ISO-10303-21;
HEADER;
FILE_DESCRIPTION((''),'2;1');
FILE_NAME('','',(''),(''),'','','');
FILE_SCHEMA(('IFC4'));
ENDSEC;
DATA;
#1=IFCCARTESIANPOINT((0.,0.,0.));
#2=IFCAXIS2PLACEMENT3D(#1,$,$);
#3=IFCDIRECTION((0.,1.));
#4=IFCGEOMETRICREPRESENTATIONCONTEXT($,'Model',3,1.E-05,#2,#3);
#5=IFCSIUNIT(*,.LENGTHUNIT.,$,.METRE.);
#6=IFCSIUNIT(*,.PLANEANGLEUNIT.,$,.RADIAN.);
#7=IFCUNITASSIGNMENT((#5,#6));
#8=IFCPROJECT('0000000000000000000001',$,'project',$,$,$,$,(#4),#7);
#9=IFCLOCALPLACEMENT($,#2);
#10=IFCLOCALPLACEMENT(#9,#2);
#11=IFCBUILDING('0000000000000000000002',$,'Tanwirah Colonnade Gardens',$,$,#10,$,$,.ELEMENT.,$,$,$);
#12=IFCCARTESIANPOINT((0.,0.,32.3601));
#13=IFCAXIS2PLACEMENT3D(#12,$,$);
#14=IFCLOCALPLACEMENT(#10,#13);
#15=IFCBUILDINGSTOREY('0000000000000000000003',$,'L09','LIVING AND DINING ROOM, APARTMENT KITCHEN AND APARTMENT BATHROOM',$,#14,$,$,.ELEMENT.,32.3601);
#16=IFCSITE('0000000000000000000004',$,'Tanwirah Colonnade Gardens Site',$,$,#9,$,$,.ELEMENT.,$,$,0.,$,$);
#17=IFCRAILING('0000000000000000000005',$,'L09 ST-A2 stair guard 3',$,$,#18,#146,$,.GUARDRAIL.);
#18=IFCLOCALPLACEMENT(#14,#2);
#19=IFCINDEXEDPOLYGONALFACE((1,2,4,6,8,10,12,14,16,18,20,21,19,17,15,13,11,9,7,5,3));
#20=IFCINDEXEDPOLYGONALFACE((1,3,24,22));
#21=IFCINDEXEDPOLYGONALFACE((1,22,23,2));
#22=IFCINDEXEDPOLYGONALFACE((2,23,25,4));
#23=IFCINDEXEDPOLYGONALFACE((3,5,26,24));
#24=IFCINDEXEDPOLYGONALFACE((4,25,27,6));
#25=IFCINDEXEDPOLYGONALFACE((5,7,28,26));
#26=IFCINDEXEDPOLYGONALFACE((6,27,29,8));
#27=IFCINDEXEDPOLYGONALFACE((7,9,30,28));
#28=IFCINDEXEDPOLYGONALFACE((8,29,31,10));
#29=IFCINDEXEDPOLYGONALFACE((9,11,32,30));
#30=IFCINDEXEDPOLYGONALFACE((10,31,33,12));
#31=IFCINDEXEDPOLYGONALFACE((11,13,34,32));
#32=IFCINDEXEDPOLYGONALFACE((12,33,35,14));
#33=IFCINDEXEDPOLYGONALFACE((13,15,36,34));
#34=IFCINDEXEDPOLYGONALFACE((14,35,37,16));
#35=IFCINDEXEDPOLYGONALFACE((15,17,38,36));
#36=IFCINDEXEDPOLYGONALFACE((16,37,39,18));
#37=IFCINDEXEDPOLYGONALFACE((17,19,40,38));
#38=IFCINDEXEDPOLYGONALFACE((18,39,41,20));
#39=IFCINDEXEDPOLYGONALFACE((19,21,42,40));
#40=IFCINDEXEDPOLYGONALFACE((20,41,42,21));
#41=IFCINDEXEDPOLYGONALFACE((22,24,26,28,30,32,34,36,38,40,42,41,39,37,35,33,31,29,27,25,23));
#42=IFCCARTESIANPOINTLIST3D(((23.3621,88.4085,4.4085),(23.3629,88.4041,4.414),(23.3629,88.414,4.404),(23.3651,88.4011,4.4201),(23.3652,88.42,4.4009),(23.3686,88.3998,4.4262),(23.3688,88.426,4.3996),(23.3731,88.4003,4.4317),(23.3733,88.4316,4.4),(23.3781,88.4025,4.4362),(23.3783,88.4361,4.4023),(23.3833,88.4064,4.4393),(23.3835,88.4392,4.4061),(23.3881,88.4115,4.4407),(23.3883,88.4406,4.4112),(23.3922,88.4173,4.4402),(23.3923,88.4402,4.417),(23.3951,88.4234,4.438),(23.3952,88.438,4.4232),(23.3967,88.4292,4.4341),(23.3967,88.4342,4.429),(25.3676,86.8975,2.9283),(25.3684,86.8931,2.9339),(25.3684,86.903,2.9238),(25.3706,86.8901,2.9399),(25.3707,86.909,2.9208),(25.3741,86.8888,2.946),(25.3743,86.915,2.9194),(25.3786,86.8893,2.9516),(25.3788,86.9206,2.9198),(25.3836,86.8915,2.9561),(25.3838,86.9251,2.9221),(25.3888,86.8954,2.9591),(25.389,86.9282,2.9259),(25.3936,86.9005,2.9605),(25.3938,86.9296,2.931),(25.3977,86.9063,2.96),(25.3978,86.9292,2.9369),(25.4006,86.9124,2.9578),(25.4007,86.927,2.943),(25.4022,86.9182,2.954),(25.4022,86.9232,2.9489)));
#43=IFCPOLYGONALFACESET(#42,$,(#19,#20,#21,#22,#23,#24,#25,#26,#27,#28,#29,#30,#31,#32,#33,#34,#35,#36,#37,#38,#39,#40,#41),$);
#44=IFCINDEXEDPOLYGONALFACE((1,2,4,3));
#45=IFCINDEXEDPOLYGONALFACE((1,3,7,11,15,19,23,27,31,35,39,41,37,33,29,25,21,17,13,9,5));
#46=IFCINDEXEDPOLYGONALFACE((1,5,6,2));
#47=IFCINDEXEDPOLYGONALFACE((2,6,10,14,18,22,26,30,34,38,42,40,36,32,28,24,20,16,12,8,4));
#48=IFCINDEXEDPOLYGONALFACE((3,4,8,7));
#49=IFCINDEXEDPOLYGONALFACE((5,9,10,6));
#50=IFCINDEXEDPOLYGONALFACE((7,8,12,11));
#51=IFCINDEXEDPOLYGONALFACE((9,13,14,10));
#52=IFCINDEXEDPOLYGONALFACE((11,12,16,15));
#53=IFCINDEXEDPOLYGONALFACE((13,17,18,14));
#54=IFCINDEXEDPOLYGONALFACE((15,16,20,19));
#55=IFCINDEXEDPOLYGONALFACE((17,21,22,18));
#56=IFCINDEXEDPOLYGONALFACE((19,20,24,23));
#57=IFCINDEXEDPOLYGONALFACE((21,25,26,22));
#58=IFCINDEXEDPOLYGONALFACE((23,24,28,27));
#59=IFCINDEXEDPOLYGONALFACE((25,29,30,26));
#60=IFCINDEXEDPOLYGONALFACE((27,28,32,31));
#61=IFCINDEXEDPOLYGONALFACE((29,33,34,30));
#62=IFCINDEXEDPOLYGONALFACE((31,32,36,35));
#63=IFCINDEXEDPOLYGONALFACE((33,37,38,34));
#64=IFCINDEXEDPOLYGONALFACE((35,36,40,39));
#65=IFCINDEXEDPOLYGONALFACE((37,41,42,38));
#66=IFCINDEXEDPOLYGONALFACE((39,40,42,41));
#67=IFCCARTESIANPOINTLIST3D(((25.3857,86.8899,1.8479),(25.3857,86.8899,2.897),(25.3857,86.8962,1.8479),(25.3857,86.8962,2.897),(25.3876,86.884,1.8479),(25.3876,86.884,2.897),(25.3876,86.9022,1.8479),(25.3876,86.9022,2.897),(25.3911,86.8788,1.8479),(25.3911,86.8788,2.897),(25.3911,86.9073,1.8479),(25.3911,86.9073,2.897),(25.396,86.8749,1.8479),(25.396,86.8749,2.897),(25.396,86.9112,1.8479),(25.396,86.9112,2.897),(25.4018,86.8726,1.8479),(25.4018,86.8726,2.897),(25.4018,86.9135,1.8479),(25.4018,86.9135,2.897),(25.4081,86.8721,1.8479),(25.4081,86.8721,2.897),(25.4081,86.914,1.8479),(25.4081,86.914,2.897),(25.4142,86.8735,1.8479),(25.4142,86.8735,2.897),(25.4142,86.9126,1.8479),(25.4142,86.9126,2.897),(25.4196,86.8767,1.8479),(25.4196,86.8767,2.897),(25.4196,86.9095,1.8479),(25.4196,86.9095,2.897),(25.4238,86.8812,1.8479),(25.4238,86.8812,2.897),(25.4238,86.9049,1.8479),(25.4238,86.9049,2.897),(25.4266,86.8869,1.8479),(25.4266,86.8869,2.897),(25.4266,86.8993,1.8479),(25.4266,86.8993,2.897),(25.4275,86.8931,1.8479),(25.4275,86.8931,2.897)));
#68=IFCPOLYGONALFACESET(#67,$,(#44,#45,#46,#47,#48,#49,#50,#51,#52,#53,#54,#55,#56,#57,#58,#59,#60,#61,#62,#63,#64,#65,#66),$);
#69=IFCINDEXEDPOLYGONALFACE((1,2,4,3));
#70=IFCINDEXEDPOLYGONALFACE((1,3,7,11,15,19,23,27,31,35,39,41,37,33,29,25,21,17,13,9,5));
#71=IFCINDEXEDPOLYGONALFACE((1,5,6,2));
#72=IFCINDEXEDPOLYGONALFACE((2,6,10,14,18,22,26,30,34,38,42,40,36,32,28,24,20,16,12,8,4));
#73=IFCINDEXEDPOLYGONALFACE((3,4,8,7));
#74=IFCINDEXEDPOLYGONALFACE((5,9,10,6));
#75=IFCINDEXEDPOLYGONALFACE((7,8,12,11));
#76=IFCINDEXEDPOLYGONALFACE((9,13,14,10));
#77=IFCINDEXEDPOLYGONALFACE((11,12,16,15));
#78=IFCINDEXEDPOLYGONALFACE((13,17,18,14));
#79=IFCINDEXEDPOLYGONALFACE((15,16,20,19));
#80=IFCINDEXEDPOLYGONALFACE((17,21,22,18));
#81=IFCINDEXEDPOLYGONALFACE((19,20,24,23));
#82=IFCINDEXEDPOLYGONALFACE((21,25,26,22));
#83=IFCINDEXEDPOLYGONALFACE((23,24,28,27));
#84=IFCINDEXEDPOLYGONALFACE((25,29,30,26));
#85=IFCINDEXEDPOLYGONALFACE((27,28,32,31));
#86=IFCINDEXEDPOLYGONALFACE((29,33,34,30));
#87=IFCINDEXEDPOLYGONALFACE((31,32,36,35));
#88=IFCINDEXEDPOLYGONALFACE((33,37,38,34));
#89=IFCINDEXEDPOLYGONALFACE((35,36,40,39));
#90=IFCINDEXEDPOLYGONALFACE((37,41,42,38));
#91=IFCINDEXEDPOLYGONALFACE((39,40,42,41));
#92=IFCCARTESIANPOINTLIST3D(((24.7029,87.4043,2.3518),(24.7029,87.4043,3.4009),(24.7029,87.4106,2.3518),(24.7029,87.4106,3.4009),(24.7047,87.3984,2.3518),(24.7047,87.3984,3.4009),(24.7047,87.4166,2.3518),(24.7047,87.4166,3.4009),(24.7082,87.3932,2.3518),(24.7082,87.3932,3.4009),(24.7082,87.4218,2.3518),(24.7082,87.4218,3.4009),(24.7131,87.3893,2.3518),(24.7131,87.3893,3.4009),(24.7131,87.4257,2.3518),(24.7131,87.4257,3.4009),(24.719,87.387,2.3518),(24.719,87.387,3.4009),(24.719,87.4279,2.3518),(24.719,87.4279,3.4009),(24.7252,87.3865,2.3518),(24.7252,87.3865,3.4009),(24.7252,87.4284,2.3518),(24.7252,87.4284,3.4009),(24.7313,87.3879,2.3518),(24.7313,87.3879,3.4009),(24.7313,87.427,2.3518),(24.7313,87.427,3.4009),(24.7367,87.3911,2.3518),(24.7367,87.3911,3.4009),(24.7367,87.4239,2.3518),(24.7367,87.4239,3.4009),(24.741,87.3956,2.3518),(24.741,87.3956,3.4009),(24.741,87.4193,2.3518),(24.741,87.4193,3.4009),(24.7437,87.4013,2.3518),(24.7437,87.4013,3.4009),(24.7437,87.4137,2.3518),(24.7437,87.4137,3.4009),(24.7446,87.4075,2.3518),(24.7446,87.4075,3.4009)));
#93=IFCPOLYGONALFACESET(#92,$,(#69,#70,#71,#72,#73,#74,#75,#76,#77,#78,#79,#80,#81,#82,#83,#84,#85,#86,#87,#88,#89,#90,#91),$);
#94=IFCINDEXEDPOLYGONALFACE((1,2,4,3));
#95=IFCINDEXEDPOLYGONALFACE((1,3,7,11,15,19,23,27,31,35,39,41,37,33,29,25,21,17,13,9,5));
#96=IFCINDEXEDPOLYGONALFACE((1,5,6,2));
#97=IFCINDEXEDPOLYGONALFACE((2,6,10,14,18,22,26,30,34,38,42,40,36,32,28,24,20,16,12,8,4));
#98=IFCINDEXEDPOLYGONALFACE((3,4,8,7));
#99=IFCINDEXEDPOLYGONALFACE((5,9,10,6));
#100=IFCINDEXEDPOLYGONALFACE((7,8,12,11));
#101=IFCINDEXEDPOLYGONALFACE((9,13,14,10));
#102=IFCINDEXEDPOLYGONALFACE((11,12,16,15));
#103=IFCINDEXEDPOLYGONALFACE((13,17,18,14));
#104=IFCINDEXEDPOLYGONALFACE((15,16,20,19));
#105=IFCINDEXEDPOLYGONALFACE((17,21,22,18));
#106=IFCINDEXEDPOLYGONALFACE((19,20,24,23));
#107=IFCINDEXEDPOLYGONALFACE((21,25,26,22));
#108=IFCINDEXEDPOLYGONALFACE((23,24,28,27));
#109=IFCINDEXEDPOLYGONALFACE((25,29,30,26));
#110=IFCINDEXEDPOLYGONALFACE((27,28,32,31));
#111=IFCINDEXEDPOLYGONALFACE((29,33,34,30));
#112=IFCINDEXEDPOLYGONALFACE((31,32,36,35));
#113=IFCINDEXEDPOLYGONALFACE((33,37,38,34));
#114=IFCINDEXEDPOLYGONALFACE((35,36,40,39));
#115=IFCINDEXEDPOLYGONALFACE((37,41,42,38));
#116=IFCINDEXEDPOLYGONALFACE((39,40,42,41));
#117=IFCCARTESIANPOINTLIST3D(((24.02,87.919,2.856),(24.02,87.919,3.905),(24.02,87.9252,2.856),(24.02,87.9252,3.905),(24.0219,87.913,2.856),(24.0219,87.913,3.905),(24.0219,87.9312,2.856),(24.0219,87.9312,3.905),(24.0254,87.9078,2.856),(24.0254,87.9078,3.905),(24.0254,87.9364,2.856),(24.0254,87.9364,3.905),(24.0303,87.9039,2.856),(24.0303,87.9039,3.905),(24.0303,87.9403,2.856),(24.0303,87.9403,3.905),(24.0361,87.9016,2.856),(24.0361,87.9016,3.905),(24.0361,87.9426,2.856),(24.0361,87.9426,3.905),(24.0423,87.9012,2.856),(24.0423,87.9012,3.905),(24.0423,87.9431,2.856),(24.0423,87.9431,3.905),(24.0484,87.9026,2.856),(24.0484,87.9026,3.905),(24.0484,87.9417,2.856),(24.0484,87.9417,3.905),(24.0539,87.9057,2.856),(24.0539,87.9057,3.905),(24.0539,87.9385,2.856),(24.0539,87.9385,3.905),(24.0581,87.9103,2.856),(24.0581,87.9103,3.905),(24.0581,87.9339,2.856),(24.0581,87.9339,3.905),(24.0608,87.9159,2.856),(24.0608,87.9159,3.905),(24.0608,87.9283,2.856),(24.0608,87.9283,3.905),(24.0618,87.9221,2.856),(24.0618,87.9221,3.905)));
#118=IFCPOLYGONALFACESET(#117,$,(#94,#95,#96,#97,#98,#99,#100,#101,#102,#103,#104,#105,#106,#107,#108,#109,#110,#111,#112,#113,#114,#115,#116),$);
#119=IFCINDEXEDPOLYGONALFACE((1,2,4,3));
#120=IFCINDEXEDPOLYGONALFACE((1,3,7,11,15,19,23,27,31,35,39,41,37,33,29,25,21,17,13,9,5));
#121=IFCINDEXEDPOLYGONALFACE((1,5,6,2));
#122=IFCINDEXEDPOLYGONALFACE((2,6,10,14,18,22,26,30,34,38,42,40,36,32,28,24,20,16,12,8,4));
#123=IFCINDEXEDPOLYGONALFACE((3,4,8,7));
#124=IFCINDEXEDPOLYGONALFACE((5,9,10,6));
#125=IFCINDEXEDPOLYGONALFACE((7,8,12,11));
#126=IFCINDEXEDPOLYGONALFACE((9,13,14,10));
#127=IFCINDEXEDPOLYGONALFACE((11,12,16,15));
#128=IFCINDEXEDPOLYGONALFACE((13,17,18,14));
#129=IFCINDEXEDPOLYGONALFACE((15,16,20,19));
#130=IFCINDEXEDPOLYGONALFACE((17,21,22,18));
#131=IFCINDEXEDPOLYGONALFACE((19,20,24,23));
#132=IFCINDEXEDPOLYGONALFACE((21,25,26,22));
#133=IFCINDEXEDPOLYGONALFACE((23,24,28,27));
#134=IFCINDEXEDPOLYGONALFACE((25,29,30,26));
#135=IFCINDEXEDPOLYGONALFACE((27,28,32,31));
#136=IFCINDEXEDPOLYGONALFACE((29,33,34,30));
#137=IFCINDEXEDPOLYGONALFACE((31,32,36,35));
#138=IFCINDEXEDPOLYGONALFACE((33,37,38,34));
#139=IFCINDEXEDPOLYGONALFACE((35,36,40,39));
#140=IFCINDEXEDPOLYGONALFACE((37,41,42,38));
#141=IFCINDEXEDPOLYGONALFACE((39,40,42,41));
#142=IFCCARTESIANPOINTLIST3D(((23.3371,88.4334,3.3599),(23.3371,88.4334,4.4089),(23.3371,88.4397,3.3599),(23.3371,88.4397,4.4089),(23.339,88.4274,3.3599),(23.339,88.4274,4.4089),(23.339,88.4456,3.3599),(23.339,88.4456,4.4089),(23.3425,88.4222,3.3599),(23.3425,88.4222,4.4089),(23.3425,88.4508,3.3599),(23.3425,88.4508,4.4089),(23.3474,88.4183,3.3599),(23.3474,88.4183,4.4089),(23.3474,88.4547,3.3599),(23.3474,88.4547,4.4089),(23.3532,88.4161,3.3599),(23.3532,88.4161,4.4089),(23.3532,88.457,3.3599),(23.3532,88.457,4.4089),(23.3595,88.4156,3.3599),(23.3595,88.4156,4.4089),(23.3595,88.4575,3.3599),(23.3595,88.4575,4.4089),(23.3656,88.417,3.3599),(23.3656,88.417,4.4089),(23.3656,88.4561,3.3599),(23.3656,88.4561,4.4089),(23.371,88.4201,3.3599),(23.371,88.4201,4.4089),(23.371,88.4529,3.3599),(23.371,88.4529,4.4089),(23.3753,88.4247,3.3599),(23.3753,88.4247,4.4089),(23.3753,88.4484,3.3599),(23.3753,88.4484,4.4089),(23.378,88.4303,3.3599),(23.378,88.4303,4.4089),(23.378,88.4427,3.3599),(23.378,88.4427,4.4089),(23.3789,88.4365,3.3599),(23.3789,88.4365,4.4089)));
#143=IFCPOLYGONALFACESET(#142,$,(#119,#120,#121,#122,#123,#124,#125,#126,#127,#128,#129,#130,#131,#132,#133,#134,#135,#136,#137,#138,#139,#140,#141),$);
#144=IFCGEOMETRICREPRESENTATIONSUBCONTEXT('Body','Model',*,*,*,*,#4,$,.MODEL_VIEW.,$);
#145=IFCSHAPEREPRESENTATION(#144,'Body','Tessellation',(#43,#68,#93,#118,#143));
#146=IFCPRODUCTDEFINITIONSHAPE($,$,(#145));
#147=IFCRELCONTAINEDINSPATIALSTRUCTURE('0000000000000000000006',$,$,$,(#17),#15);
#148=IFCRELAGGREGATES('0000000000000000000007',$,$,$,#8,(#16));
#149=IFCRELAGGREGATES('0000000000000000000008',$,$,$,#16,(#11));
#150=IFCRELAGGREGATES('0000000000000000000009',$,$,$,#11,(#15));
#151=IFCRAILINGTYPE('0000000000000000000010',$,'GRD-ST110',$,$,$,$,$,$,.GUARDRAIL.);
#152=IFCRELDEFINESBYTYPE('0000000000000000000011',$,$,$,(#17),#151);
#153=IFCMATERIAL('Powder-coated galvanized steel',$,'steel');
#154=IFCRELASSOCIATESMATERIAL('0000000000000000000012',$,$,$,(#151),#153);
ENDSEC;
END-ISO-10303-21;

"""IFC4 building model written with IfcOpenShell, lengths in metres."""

from ifc_helpers import new_model, si_unit, direction, frame, origin, origin_2d, place, context, subcontext, project, spatial, circle, extrude, material, type_object, element, save


model = new_model("IFC4")

# Units and contexts
model_context = context("Model", 3, precision=1e-05, world=origin(), true_north=direction((0.0, 1.0)))
body_context = subcontext(model_context, "Body", "Model", "MODEL_VIEW")
ifc_project = project(units=[si_unit("LENGTHUNIT", "METRE"), si_unit("PLANEANGLEUNIT", "RADIAN")], contexts=[model_context])

# Site, building, storey
site_placement = place(None, origin())
site = spatial("IfcSite", under=ifc_project, at=site_placement, Name="Tanwirah Colonnade Gardens Site", CompositionType="ELEMENT", RefElevation=0.0)
building_placement = place(site_placement, origin())
building = spatial("IfcBuilding", under=site, at=building_placement, Name="Tanwirah Colonnade Gardens", CompositionType="ELEMENT")
storey_placement = place(building_placement, frame((0.0, 0.0, 32.3601)))
storey = spatial("IfcBuildingStorey", under=building, at=storey_placement, Name="L09", Description="LIVING AND DINING ROOM, APARTMENT KITCHEN AND APARTMENT BATHROOM", CompositionType="ELEMENT", Elevation=32.3601)

# Railing
ifc_material_1 = material(Name="Powder-coated galvanized steel", Category="steel")
railing_type_1 = type_object("IfcRailingType", Name="GRD-ST110", PredefinedType="GUARDRAIL", material=ifc_material_1)
railing_1_placement = place(storey_placement, frame((25.4065, 86.8931, 1.8479)))
element("IfcRailing", 1, at=railing_1_placement, inside=storey, type_object=railing_type_1, Name="L09 ST-A2 stair guard 3", PredefinedType="GUARDRAIL", context=body_context, shape_type="SweptSolid", body=[
    extrude(circle(Radius=0.0239, at=origin_2d()), frame((-0.0215, 0.0161, 1.092), z_axis=(-0.688042, 0.518389, 0.507811), x_axis=(-0.60175, -0.798685, 0.0)), (0.0, 0.0, 1.0), 2.9148),
    extrude(circle(Radius=0.021, at=origin_2d()), origin(), (0.0, 0.0, 1.0), 1.0491),
    extrude(circle(Radius=0.021, at=origin_2d()), frame((-0.6829, 0.5144, 0.5039)), (0.0, 0.0, 1.0), 1.0491),
    extrude(circle(Radius=0.021, at=origin_2d()), frame((-1.3657, 1.0291, 1.0081)), (0.0, 0.0, 1.0), 1.0491),
    extrude(circle(Radius=0.021, at=origin_2d()), frame((-2.0486, 1.5435, 1.512)), (0.0, 0.0, 1.0), 1.0491),
])

save(model, "model.ifc")
